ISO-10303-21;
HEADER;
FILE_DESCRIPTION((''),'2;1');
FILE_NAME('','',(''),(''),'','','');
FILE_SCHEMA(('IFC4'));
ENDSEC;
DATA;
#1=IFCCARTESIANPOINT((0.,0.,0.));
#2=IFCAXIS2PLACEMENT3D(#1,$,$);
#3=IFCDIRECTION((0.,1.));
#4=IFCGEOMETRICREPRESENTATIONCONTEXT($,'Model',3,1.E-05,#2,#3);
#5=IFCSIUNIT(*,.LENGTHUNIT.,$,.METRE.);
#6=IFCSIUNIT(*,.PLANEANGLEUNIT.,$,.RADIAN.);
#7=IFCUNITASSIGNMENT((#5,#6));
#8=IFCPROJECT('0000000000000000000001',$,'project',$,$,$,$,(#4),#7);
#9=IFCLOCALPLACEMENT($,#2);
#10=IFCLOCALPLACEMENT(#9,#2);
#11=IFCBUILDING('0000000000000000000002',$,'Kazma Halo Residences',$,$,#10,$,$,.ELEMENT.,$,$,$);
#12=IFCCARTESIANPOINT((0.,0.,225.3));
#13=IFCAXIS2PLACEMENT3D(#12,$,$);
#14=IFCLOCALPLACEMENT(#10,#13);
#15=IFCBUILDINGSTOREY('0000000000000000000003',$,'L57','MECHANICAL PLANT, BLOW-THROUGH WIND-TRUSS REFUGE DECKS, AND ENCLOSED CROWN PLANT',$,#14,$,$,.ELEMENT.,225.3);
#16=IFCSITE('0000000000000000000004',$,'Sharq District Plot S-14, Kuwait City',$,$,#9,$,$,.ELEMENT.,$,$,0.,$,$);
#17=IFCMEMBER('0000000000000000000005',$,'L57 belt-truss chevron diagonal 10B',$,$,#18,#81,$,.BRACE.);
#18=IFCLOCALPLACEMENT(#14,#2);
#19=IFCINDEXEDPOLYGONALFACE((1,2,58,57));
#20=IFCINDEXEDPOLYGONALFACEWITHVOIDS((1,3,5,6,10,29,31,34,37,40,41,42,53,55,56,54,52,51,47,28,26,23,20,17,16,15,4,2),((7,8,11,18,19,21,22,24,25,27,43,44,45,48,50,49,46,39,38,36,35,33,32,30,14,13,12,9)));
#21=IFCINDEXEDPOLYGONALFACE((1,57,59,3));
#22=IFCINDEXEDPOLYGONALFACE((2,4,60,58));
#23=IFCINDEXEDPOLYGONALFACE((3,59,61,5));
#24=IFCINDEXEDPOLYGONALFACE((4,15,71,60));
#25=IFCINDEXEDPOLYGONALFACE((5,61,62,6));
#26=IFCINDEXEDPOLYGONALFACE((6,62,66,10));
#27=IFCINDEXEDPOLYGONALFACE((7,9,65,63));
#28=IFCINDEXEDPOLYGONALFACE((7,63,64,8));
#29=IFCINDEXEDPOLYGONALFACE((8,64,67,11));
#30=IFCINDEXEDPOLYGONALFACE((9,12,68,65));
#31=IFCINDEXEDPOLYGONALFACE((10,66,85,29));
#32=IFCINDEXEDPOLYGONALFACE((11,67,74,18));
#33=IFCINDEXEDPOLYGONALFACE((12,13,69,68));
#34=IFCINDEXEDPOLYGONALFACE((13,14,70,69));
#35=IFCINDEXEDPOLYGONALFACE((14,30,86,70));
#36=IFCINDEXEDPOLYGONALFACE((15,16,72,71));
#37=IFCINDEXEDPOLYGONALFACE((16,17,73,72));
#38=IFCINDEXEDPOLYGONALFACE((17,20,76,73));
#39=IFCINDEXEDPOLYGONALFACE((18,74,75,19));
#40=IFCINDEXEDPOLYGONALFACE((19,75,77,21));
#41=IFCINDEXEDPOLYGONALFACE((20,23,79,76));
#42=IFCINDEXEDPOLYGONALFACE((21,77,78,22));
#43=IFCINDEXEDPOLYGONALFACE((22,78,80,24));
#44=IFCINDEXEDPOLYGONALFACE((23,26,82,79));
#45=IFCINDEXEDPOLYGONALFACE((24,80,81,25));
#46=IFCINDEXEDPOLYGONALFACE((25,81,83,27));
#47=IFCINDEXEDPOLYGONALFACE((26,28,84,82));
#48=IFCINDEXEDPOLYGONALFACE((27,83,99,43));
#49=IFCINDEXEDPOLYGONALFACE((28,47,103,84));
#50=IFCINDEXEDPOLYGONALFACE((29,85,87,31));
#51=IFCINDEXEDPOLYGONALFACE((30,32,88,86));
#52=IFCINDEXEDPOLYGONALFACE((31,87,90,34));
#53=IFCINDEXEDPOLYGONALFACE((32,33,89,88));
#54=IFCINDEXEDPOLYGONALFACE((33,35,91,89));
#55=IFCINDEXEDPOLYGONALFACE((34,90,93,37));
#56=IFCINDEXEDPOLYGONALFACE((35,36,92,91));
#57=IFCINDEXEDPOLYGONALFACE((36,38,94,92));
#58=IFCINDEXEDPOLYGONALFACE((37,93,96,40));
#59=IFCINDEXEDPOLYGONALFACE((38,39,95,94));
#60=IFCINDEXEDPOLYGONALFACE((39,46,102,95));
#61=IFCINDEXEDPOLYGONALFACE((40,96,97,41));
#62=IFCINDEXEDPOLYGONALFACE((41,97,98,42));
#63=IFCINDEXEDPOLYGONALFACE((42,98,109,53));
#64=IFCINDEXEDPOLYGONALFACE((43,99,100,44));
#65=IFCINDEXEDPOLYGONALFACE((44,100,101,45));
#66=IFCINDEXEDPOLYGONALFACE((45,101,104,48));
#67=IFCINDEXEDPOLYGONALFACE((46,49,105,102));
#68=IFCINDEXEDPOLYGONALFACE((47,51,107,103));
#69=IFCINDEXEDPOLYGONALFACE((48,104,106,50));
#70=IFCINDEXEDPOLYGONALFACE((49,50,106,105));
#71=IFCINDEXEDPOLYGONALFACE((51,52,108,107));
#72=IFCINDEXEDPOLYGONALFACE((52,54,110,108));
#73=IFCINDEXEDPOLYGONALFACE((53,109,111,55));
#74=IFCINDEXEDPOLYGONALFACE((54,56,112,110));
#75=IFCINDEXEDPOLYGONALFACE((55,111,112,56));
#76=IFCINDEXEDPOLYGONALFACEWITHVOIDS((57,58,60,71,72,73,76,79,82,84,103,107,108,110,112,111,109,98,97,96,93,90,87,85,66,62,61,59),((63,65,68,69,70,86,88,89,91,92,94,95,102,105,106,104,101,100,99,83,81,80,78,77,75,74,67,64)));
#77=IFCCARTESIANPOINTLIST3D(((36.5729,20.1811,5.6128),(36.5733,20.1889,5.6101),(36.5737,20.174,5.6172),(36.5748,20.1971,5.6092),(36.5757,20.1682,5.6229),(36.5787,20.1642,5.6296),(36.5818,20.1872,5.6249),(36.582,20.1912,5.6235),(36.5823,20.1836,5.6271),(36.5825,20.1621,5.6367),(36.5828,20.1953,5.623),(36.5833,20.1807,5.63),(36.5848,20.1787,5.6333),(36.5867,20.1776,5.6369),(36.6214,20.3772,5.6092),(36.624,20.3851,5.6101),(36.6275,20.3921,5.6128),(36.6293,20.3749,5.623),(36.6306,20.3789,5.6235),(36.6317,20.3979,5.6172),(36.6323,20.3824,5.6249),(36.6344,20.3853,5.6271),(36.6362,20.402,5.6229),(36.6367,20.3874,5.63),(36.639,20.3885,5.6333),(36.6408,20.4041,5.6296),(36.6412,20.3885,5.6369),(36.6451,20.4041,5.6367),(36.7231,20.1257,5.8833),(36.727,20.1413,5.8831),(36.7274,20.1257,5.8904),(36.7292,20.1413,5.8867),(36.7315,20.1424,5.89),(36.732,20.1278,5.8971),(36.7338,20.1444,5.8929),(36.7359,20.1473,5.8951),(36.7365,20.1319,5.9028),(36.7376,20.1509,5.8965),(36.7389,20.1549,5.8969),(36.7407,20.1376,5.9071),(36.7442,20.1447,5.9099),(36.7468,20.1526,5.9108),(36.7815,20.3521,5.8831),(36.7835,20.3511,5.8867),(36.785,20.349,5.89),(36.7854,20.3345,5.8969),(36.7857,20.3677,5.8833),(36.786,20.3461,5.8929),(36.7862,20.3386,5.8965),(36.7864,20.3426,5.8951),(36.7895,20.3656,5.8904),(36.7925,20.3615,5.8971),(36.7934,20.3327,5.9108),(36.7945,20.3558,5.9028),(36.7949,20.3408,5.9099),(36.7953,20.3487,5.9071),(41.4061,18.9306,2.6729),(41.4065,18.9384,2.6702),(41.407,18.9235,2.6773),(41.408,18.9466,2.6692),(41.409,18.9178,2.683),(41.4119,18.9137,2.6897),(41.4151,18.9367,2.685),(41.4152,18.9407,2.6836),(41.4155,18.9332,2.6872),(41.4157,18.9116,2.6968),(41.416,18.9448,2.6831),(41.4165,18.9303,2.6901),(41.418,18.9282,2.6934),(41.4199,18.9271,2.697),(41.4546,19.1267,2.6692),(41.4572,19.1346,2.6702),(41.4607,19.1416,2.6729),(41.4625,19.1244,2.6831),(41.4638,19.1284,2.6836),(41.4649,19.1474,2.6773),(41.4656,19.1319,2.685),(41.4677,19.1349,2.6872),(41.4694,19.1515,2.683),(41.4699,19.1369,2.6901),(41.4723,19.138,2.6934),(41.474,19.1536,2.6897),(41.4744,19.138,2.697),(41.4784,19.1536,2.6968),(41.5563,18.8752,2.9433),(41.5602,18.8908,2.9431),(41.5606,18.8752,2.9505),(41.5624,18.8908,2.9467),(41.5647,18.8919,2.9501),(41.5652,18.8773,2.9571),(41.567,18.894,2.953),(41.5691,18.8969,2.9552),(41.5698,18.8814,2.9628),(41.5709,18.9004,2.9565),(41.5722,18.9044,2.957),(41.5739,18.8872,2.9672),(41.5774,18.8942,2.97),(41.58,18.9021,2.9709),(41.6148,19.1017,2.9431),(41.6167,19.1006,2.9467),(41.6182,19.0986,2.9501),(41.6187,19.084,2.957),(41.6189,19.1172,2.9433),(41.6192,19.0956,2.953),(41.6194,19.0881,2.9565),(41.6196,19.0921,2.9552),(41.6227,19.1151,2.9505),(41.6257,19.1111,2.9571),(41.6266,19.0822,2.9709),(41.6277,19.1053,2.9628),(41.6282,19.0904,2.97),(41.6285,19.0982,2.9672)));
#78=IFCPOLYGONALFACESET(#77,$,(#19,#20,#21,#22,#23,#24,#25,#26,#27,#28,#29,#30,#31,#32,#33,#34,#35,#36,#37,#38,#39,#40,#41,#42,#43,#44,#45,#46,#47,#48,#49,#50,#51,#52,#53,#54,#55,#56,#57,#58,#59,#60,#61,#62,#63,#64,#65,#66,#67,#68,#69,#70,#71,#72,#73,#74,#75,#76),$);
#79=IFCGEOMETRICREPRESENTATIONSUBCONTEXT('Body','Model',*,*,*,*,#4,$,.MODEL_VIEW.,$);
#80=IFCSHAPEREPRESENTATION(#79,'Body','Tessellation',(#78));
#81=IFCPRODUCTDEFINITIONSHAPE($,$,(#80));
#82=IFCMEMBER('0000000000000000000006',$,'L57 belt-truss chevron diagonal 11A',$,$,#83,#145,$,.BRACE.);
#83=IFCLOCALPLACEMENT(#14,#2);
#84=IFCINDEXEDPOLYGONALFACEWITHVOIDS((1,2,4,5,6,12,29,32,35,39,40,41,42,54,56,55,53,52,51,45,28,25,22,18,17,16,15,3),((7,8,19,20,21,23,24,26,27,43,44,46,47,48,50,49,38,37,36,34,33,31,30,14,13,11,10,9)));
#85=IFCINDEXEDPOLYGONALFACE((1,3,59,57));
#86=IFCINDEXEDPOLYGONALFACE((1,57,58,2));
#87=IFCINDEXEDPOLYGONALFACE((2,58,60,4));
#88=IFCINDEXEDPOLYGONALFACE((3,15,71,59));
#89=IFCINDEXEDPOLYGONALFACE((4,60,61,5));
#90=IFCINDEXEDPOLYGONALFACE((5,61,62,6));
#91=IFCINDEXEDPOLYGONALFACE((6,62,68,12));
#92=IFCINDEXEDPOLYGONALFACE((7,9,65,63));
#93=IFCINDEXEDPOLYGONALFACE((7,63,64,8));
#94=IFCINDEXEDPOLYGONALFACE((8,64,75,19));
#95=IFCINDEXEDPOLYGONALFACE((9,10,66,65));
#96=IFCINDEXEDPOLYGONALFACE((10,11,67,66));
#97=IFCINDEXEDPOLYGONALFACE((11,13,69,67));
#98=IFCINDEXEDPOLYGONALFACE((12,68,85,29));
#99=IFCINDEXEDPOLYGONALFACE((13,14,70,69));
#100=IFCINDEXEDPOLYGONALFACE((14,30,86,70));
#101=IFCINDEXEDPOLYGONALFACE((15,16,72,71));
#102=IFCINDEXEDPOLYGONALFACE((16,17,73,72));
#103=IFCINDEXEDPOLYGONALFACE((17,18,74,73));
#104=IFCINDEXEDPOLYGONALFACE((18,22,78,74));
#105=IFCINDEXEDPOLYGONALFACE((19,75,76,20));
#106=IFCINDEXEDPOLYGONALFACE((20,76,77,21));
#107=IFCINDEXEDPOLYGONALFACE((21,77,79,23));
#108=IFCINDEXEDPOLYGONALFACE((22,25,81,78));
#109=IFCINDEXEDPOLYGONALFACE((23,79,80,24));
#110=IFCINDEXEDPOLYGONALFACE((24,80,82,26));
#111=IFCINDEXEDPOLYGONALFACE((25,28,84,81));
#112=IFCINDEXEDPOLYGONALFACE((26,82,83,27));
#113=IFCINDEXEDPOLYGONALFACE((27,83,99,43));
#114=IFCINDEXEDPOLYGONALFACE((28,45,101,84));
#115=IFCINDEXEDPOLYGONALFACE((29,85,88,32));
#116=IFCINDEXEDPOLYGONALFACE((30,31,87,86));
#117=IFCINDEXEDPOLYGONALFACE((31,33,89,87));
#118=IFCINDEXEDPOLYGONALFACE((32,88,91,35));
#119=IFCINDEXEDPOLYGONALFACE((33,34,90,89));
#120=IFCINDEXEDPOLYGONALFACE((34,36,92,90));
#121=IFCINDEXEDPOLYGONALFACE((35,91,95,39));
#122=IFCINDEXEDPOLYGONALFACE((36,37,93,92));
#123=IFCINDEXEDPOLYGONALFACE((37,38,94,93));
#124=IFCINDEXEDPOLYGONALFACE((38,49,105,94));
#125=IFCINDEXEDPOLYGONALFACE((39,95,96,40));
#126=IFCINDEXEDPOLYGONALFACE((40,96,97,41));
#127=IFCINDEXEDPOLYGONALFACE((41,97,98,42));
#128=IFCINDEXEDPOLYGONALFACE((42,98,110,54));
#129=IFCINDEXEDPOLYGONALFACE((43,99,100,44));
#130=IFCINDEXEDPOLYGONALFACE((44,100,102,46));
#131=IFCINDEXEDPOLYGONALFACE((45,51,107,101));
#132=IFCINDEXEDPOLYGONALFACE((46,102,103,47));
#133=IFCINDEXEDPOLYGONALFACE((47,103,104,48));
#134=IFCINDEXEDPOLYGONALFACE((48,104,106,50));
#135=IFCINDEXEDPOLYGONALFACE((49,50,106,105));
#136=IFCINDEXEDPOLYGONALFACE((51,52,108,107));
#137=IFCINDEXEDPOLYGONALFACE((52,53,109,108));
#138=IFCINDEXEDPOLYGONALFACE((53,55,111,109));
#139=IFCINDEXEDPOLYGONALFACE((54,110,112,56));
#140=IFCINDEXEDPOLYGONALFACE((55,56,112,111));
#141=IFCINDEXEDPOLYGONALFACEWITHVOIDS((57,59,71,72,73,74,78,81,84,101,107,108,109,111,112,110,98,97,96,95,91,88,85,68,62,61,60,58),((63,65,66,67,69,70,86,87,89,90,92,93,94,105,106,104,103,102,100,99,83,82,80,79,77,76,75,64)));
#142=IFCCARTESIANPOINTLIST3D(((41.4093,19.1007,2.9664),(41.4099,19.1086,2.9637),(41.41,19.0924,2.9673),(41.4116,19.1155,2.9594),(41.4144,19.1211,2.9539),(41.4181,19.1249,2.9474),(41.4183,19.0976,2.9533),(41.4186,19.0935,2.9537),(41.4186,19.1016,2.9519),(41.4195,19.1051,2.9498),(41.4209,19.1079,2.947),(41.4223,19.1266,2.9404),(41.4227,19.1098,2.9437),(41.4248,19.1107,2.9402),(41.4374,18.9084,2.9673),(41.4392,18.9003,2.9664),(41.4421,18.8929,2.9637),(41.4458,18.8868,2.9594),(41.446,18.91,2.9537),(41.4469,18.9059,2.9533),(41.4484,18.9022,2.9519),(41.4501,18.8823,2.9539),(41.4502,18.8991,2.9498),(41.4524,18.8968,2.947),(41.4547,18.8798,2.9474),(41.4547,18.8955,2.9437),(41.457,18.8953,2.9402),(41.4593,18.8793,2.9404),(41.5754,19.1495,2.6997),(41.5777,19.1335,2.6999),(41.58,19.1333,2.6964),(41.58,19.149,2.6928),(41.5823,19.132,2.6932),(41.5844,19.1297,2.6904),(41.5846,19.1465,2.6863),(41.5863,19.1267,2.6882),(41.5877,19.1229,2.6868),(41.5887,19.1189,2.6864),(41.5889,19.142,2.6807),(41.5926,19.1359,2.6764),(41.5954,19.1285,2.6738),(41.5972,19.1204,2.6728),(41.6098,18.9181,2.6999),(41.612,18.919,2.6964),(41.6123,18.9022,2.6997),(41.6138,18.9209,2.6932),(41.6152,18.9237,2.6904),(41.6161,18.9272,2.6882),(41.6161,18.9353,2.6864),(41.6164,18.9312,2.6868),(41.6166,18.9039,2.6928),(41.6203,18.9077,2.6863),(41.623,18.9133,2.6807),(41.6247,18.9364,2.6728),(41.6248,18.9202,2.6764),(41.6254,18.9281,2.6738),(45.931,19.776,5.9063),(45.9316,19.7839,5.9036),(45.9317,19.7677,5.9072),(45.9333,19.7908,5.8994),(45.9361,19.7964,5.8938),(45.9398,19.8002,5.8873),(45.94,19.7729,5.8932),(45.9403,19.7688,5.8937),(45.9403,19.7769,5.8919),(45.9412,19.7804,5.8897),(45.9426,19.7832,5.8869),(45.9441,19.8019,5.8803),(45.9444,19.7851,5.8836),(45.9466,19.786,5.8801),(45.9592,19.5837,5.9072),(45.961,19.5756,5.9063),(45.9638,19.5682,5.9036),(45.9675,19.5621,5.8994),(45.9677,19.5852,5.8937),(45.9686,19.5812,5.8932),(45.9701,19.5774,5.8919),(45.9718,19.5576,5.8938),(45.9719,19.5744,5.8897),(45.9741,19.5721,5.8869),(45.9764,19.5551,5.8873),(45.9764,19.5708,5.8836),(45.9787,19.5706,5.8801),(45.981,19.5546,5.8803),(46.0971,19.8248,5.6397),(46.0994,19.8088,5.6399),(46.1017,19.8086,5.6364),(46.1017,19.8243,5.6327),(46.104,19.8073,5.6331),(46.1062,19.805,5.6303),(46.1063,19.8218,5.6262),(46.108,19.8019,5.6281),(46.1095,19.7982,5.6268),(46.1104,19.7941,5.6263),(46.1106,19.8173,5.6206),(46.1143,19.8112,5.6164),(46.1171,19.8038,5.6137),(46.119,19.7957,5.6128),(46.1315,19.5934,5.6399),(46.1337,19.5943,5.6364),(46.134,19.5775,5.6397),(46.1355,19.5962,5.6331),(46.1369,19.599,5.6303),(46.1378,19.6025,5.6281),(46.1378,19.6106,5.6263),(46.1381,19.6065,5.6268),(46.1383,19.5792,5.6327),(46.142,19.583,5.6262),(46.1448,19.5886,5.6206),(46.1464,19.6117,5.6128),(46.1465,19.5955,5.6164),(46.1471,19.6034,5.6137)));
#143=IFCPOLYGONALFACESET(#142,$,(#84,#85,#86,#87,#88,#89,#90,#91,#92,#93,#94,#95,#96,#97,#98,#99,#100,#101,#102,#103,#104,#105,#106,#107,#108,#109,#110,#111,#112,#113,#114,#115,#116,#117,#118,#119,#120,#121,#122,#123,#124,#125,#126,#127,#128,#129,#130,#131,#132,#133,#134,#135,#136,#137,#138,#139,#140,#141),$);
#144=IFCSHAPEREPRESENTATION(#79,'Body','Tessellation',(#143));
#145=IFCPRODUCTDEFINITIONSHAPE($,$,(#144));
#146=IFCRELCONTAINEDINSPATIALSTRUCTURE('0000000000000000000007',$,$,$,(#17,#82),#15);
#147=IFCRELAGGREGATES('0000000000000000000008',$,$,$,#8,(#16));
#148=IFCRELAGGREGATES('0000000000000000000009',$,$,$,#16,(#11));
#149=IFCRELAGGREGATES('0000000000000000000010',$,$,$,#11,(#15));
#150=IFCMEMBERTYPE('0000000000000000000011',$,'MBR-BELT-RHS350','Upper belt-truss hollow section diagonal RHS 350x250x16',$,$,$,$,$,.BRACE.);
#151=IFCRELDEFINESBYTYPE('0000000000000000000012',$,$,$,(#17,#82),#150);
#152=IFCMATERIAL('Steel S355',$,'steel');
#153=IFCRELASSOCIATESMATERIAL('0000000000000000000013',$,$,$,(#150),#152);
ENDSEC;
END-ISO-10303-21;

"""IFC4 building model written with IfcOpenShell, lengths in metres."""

from ifc_helpers import new_model, si_unit, direction, frame, origin, origin_2d, place, context, subcontext, project, spatial, hollow_rectangle, extrude, material, material_profile, profile_set, type_object, element, save


model = new_model("IFC4")

# Units and contexts
model_context = context("Model", 3, precision=1e-05, world=origin(), true_north=direction((0.0, 1.0)))
body_context = subcontext(model_context, "Body", "Model", "MODEL_VIEW")
ifc_project = project(units=[si_unit("LENGTHUNIT", "METRE"), si_unit("PLANEANGLEUNIT", "RADIAN")], contexts=[model_context])

# Site, building, storey
site_placement = place(None, origin())
site = spatial("IfcSite", under=ifc_project, at=site_placement, Name="Sharq District Plot S-14, Kuwait City", CompositionType="ELEMENT", RefElevation=0.0)
building_placement = place(site_placement, origin())
building = spatial("IfcBuilding", under=site, at=building_placement, Name="Kazma Halo Residences", CompositionType="ELEMENT")
storey_placement = place(building_placement, frame((0.0, 0.0, 225.3)))
storey = spatial("IfcBuildingStorey", under=building, at=storey_placement, Name="L57", Description="MECHANICAL PLANT, BLOW-THROUGH WIND-TRUSS REFUGE DECKS, AND ENCLOSED CROWN PLANT", CompositionType="ELEMENT", Elevation=225.3)

# Shared definitions
ifc_material_1 = material(Name="Steel S355", Category="steel")

# Members
ifc_material_profile_1 = material_profile(ifc_material_1, hollow_rectangle(XDim=0.25, YDim=0.3501, WallThickness=0.0161, InnerFilletRadius=0.0161, OuterFilletRadius=0.032, at=origin_2d()), Name="RHS350x250x16")
ifc_profile_set_1 = profile_set([ifc_material_profile_1], Name="Steel S355")
member_type_1 = type_object("IfcMemberType", Name="MBR-BELT-RHS350", Description="Upper belt-truss hollow section diagonal RHS 350x250x16", PredefinedType="BRACE", material=ifc_profile_set_1)
member_1_placement = place(storey_placement, frame((41.5173, 19.0144, 2.8201), z_axis=(-0.834221, 0.215835, 0.507435), x_axis=(-0.250478, -0.968122, 0.0)))
element("IfcMember", 1, at=member_1_placement, inside=storey, type_object=member_type_1, Name="L57 belt-truss chevron diagonal 10B", PredefinedType="BRACE", context=body_context, shape_type="SweptSolid", body=[
    extrude(hollow_rectangle(XDim=0.25, YDim=0.3501, WallThickness=0.0161, InnerFilletRadius=0.0161, OuterFilletRadius=0.032, at=origin_2d()), origin(), (0.0, 0.0, 1.0), 5.7937),
])
member_2_placement = place(storey_placement, frame((41.5173, 19.0144, 2.8201), z_axis=(0.831879, 0.124236, 0.540872), x_axis=(-0.147706, 0.989031, 0.0)))
element("IfcMember", 2, at=member_2_placement, inside=storey, type_object=member_type_1, Name="L57 belt-truss chevron diagonal 11A", PredefinedType="BRACE", context=body_context, shape_type="SweptSolid", body=[
    extrude(hollow_rectangle(XDim=0.25, YDim=0.3501, WallThickness=0.0161, InnerFilletRadius=0.0161, OuterFilletRadius=0.032, at=origin_2d()), origin(), (0.0, 0.0, 1.0), 5.4355),
])

save(model, "model.ifc")
